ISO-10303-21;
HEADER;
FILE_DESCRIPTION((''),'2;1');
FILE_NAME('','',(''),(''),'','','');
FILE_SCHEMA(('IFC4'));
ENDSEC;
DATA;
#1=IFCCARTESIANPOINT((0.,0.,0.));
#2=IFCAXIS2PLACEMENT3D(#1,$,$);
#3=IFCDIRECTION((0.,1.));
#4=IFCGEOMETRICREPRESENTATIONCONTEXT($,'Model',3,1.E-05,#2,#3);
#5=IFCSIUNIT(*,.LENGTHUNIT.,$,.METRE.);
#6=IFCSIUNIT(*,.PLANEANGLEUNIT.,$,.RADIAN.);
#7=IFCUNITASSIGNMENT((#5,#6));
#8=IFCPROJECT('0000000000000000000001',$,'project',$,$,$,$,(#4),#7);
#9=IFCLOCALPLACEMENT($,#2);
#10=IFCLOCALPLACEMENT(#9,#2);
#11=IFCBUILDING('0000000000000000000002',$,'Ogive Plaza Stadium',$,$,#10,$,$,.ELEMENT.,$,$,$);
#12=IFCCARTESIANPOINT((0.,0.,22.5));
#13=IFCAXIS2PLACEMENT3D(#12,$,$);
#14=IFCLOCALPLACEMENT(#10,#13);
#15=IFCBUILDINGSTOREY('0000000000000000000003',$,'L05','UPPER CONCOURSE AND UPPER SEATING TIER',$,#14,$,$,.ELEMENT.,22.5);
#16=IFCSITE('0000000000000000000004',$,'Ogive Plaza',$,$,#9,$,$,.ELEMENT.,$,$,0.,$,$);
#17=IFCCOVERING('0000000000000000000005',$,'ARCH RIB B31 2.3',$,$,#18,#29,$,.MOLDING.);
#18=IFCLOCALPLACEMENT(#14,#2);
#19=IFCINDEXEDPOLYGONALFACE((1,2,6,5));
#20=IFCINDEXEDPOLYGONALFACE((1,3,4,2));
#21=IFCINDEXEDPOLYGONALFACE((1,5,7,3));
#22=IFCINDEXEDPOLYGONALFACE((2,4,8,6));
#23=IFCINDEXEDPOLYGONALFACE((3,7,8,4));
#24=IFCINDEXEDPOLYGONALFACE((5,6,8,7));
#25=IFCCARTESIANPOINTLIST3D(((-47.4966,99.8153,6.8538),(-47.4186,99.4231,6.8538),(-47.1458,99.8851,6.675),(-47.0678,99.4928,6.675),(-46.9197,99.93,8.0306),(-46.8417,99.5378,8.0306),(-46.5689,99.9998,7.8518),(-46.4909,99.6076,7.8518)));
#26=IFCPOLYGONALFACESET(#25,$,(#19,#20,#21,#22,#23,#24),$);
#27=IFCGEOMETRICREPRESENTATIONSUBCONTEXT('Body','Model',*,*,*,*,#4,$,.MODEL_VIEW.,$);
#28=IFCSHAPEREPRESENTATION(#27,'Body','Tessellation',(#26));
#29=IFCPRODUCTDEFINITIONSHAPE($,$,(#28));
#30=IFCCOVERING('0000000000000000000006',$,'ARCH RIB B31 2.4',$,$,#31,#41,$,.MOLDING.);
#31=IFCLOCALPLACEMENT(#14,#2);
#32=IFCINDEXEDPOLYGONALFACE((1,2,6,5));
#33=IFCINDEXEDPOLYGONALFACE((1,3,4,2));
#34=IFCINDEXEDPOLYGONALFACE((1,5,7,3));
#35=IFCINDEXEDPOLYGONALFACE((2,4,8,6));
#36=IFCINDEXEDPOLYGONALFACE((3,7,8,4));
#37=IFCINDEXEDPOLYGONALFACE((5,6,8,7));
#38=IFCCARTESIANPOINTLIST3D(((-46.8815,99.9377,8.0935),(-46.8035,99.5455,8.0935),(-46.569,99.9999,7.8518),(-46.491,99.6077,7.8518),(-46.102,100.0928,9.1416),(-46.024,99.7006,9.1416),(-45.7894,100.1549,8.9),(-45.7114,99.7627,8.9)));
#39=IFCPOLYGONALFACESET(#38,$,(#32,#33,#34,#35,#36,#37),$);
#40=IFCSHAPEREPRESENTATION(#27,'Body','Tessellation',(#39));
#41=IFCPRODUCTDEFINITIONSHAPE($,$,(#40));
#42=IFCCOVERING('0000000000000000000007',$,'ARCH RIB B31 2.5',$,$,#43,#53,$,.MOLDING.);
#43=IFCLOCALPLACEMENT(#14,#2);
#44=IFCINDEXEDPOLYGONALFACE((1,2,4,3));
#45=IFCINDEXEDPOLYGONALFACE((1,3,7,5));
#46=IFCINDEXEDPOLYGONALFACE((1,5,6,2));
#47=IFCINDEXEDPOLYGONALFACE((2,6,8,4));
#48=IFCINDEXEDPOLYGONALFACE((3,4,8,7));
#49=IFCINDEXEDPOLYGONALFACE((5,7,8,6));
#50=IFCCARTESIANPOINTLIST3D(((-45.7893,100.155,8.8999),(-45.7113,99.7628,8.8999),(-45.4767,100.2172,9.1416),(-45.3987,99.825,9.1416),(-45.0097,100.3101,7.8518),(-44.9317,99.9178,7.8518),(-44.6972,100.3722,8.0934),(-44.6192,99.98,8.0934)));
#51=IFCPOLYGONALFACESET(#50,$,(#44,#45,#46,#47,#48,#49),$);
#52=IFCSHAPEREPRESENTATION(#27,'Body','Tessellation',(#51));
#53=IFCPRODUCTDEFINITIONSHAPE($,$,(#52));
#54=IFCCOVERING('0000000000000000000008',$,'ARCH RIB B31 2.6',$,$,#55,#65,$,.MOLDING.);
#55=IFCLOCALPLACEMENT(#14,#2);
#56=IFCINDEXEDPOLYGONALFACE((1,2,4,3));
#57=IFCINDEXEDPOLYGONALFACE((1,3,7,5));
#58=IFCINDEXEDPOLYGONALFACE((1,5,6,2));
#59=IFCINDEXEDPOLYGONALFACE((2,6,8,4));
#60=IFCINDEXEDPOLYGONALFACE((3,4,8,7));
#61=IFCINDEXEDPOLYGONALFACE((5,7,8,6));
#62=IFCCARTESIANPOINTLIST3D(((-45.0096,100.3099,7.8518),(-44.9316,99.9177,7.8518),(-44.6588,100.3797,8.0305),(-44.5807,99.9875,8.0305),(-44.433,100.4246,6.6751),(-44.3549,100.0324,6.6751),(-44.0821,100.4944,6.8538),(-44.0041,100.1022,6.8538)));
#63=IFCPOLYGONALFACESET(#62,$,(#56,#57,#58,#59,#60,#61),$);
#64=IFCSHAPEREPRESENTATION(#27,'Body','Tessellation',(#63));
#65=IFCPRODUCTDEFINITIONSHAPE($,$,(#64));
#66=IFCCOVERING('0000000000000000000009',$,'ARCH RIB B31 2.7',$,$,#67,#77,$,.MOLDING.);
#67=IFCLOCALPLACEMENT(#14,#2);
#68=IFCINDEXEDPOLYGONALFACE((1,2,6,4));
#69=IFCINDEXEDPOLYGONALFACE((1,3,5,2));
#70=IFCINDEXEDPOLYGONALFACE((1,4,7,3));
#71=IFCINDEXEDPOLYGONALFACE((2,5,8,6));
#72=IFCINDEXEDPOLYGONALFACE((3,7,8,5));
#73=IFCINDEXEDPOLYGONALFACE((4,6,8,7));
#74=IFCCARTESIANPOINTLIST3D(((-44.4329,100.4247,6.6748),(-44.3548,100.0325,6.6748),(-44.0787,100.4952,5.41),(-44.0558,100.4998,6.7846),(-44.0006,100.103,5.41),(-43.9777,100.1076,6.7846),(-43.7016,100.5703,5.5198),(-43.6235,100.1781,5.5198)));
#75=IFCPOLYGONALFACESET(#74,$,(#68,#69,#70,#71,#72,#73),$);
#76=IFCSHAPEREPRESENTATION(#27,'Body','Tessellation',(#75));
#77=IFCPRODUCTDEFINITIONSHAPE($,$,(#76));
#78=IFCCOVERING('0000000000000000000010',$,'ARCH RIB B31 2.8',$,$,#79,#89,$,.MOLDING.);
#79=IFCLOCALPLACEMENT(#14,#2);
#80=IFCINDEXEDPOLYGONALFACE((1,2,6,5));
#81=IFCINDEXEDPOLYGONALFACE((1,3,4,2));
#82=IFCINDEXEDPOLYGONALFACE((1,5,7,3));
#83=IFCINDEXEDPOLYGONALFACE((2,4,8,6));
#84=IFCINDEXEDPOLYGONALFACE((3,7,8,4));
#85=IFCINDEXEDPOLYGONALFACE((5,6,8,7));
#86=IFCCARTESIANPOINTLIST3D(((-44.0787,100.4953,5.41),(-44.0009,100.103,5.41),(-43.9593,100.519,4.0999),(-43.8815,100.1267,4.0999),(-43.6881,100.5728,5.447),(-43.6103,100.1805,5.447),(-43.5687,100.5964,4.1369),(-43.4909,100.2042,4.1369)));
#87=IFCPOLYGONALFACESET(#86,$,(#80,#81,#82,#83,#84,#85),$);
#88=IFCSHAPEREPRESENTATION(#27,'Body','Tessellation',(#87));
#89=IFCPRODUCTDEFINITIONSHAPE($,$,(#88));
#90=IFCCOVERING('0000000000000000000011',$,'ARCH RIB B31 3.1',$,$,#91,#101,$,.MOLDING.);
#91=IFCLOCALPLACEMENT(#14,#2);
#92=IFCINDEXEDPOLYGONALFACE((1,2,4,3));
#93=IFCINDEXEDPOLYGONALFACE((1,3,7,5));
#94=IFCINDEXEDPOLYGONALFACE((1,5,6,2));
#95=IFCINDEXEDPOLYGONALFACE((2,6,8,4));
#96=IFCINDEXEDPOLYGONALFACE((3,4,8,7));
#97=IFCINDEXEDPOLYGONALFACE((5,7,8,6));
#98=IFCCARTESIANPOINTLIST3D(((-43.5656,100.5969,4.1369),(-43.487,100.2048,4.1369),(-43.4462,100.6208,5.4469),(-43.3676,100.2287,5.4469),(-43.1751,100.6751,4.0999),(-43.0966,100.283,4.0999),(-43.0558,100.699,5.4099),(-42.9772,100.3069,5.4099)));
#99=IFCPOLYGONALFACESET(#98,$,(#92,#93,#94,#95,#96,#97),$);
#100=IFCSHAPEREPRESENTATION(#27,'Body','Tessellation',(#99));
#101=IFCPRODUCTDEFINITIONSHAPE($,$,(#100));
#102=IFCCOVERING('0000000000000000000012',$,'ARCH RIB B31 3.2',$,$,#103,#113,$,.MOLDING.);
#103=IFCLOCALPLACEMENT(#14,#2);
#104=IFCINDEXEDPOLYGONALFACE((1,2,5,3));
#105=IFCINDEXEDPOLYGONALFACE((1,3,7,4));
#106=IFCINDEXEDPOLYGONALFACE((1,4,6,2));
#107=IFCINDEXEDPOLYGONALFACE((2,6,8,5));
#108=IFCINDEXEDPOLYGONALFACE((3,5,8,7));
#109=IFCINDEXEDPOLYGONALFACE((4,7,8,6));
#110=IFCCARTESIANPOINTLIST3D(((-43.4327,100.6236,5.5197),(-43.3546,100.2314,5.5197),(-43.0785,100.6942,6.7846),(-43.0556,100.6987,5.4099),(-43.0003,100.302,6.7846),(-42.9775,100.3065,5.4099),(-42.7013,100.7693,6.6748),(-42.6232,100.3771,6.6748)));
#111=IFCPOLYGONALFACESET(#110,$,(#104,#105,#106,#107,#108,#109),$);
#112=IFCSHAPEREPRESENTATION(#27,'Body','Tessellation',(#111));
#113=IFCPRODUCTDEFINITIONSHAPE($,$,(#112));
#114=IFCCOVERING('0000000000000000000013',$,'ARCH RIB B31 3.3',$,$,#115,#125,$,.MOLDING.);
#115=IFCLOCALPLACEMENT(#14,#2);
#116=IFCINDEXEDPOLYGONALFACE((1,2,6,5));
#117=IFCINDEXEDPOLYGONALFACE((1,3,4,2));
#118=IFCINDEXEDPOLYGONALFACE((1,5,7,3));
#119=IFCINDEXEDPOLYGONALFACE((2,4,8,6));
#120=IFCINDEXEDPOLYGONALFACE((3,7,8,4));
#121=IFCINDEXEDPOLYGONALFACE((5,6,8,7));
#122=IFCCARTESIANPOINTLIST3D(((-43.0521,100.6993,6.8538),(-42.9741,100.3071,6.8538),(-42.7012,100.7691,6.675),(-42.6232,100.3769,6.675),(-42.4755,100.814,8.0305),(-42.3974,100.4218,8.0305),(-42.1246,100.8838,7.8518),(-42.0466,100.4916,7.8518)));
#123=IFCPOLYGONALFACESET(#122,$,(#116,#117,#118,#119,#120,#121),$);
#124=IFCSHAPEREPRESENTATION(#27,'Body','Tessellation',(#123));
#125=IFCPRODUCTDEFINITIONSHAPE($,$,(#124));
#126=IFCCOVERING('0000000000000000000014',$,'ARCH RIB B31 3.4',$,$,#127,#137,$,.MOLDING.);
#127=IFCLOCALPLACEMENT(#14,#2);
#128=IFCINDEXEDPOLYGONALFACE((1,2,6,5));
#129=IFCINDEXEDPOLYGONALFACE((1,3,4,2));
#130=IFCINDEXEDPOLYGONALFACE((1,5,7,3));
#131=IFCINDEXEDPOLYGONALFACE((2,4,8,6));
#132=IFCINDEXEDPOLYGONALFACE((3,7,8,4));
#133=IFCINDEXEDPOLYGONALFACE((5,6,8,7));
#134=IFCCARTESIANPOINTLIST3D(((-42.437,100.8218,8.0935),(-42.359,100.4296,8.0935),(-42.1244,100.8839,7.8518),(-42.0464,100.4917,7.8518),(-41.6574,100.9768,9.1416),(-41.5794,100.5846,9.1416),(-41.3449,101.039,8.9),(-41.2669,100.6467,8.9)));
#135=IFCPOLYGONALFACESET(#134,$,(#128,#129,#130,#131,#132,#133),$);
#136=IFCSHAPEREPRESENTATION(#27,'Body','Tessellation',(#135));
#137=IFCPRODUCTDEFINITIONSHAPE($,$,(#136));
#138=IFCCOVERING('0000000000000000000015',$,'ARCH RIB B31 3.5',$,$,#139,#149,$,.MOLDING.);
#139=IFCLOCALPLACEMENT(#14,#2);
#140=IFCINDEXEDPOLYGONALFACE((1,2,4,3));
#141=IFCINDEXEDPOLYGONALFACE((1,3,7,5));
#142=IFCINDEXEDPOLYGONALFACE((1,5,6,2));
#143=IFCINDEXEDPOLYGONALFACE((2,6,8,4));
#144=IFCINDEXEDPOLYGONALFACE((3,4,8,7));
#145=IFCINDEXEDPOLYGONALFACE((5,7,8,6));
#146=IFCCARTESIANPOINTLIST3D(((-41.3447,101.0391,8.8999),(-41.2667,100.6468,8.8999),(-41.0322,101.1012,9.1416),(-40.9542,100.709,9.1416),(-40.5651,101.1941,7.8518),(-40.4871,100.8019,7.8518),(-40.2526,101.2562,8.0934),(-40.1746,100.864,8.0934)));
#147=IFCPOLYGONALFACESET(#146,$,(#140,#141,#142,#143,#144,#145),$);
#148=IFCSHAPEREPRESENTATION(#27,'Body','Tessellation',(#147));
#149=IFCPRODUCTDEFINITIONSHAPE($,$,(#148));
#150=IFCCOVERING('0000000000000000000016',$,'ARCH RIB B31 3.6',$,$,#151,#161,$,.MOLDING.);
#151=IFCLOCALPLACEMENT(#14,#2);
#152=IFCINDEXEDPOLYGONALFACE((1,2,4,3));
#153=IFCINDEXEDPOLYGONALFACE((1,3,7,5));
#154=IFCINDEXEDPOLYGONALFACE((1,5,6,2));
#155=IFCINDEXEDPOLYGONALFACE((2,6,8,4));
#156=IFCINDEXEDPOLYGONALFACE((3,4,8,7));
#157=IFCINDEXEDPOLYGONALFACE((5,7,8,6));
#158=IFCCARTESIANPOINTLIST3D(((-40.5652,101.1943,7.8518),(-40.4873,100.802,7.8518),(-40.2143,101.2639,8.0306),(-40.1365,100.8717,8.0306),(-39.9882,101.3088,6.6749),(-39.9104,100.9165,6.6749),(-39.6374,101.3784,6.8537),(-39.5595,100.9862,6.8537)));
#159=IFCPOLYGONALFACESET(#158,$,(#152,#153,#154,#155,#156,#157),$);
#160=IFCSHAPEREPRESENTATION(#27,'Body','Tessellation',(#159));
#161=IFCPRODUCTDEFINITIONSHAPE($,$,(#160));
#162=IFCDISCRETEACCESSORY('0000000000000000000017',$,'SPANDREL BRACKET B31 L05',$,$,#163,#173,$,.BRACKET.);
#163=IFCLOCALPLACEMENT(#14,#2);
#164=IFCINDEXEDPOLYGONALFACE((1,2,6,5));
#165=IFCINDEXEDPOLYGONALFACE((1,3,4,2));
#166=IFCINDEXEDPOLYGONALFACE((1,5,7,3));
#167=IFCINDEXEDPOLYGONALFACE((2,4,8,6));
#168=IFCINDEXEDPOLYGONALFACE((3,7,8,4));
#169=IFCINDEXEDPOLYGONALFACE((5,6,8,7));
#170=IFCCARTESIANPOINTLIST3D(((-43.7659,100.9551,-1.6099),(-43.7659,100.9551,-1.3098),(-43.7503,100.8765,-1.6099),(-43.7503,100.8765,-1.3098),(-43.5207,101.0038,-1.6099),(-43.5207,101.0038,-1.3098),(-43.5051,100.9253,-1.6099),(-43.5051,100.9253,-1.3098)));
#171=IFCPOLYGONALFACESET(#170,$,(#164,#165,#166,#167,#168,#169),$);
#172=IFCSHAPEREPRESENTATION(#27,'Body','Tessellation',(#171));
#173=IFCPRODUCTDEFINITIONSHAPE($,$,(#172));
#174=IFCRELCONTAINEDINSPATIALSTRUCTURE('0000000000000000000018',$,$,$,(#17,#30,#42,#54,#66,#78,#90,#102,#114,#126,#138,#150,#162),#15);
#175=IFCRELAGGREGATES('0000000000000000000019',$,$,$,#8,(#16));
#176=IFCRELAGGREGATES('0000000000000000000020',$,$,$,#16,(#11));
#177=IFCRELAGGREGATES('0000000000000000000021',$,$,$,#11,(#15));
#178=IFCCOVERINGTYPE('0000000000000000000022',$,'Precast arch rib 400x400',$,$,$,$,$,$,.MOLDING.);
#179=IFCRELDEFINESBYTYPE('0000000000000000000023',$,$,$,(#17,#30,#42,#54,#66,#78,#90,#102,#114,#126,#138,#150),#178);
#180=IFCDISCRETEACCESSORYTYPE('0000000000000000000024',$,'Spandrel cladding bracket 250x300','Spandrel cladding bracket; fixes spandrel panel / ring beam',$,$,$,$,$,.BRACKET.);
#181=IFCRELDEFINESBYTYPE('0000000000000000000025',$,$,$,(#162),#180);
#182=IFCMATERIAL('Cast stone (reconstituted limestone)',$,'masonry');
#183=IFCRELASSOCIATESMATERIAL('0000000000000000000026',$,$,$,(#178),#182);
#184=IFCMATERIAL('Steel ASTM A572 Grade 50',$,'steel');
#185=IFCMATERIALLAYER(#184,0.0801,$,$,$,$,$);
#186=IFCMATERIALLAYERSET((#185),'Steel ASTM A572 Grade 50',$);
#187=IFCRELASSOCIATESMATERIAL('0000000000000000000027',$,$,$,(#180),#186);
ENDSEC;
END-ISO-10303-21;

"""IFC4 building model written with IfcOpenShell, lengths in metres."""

from ifc_helpers import new_model, si_unit, direction, frame, origin, origin_2d, place, context, subcontext, project, spatial, rectangle, extrude, material, layer, layer_set, material_profile, profile_set, type_object, element, save


model = new_model("IFC4")

# Units and contexts
model_context = context("Model", 3, precision=1e-05, world=origin(), true_north=direction((0.0, 1.0)))
body_context = subcontext(model_context, "Body", "Model", "MODEL_VIEW")
ifc_project = project(units=[si_unit("LENGTHUNIT", "METRE"), si_unit("PLANEANGLEUNIT", "RADIAN")], contexts=[model_context])

# Site, building, storey
site_placement = place(None, origin())
site = spatial("IfcSite", under=ifc_project, at=site_placement, Name="Ogive Plaza", CompositionType="ELEMENT", RefElevation=0.0)
building_placement = place(site_placement, origin())
building = spatial("IfcBuilding", under=site, at=building_placement, Name="Ogive Plaza Stadium", CompositionType="ELEMENT")
storey_placement = place(building_placement, frame((0.0, 0.0, 22.5)))
storey = spatial("IfcBuildingStorey", under=building, at=storey_placement, Name="L05", Description="UPPER CONCOURSE AND UPPER SEATING TIER", CompositionType="ELEMENT", Elevation=22.5)

# Coverings
ifc_material_1 = material(Name="Cast stone (reconstituted limestone)", Category="masonry")
ifc_material_profile_1 = material_profile(ifc_material_1, rectangle(XDim=0.3999, YDim=0.3999, at=origin_2d()), Name="Cast stone 400x400")
ifc_profile_set_1 = profile_set([ifc_material_profile_1], Name="Cast stone (reconstituted limestone)")
covering_type = type_object("IfcCoveringType", Name="Precast arch rib 400x400", PredefinedType="MOLDING", material=ifc_profile_set_1)
covering_1_placement = place(storey_placement, frame((-47.2822, 99.6541, 6.7644), z_axis=(0.438518, 0.087221, 0.89448), x_axis=(-0.195078, 0.980788, 0.0)))
element("IfcCovering", 1, at=covering_1_placement, inside=storey, type_object=covering_type, Name="ARCH RIB B31 2.3", PredefinedType="MOLDING", context=body_context, shape_type="SweptSolid", body=[
    extrude(rectangle(XDim=0.3999, YDim=0.3999, at=origin_2d()), origin(), (0.0, 0.0, 1.0), 1.3157),
])
for number, where, z_axis, x_axis, name in (
    (2, (-46.6863, 99.7727, 7.9727), (0.592636, 0.117859, 0.796801), (-0.195053, 0.980793, 0.0), "ARCH RIB B31 2.4"),
    (3, (-45.594, 99.99, 9.0208), (0.592636, 0.117859, -0.796801), (-0.195053, 0.980793, 0.0), "ARCH RIB B31 2.5"),
    (4, (-44.7952, 100.1487, 7.9412), (0.438368, 0.087228, -0.894553), (-0.195158, 0.980772, 0.0), "ARCH RIB B31 2.6"),
    (5, (-44.2053, 100.2661, 6.7297), (0.269297, 0.053637, -0.961562), (-0.195336, 0.980736, 0.0), "ARCH RIB B31 2.7"),
):
    element("IfcCovering", number, at=place(storey_placement, frame(where, z_axis=z_axis, x_axis=x_axis)), inside=storey, type_object=covering_type, Name=name, PredefinedType="MOLDING", context=body_context, shape_type="SweptSolid", body=[
        extrude(rectangle(XDim=0.3999, YDim=0.3999, at=origin_2d()), origin(), (0.0, 0.0, 1.0), 1.3154),
    ])
for number, where, z_axis, x_axis, name in (
    (6, (-43.8445, 100.3379, 5.4285), (0.090739, 0.017999, -0.995712), (-0.194573, 0.980888, 0.0), "ARCH RIB B31 2.8"),
    (7, (-43.3311, 100.4399, 4.1184), (0.090738, 0.018185, 0.995709), (-0.196502, 0.980503, 0.0), "ARCH RIB B31 3.1"),
):
    element("IfcCovering", number, at=place(storey_placement, frame(where, z_axis=z_axis, x_axis=x_axis)), inside=storey, type_object=covering_type, Name=name, PredefinedType="MOLDING", context=body_context, shape_type="SweptSolid", body=[
        extrude(rectangle(XDim=0.3999, YDim=0.3999, at=origin_2d()), origin(), (0.0, 0.0, 1.0), 1.3157),
    ])
for number, where, z_axis, x_axis, name in (
    (8, (-43.2051, 100.4651, 5.4648), (0.269297, 0.053637, 0.961562), (-0.195336, 0.980736, 0.0), "ARCH RIB B31 3.2"),
    (9, (-42.8376, 100.5381, 6.7644), (0.438368, 0.087228, 0.894553), (-0.195158, 0.980772, 0.0), "ARCH RIB B31 3.3"),
    (10, (-42.2417, 100.6567, 7.9727), (0.592636, 0.117859, 0.796801), (-0.195053, 0.980793, 0.0), "ARCH RIB B31 3.4"),
    (11, (-41.1494, 100.874, 9.0208), (0.592636, 0.117859, -0.796801), (-0.195053, 0.980793, 0.0), "ARCH RIB B31 3.5"),
):
    element("IfcCovering", number, at=place(storey_placement, frame(where, z_axis=z_axis, x_axis=x_axis)), inside=storey, type_object=covering_type, Name=name, PredefinedType="MOLDING", context=body_context, shape_type="SweptSolid", body=[
        extrude(rectangle(XDim=0.3999, YDim=0.3999, at=origin_2d()), origin(), (0.0, 0.0, 1.0), 1.3154),
    ])
covering_2_placement = place(storey_placement, frame((-40.3508, 101.033, 7.9412), z_axis=(0.438525, 0.087037, -0.894494), x_axis=(-0.194679, 0.980867, 0.0)))
element("IfcCovering", 12, at=covering_2_placement, inside=storey, type_object=covering_type, Name="ARCH RIB B31 3.6", PredefinedType="MOLDING", context=body_context, shape_type="SweptSolid", body=[
    extrude(rectangle(XDim=0.3999, YDim=0.3999, at=origin_2d()), origin(), (0.0, 0.0, 1.0), 1.3157),
])

# Discrete accessory
ifc_material_2 = material(Name="Steel ASTM A572 Grade 50", Category="steel")
ifc_layer_1 = layer(ifc_material_2, 0.0801)
ifc_layer_set_1 = layer_set([ifc_layer_1], Name="Steel ASTM A572 Grade 50")
discrete_accessory_type = type_object("IfcDiscreteAccessoryType", Name="Spandrel cladding bracket 250x300", Description="Spandrel cladding bracket; fixes spandrel panel / ring beam", PredefinedType="BRACKET", material=ifc_layer_set_1)
discrete_accessory_placement = place(storey_placement, frame((-43.6355, 100.9402, -1.6099), z_axis=(0.0, 0.0, 1.0), x_axis=(0.980785, 0.19509, 0.0)))
element("IfcDiscreteAccessory", 13, at=discrete_accessory_placement, inside=storey, type_object=discrete_accessory_type, Name="SPANDREL BRACKET B31 L05", PredefinedType="BRACKET", context=body_context, shape_type="SweptSolid", body=[
    extrude(rectangle(XDim=0.25, YDim=0.0801, at=origin_2d()), origin(), (0.0, 0.0, 1.0), 0.3),
])

save(model, "model.ifc")
